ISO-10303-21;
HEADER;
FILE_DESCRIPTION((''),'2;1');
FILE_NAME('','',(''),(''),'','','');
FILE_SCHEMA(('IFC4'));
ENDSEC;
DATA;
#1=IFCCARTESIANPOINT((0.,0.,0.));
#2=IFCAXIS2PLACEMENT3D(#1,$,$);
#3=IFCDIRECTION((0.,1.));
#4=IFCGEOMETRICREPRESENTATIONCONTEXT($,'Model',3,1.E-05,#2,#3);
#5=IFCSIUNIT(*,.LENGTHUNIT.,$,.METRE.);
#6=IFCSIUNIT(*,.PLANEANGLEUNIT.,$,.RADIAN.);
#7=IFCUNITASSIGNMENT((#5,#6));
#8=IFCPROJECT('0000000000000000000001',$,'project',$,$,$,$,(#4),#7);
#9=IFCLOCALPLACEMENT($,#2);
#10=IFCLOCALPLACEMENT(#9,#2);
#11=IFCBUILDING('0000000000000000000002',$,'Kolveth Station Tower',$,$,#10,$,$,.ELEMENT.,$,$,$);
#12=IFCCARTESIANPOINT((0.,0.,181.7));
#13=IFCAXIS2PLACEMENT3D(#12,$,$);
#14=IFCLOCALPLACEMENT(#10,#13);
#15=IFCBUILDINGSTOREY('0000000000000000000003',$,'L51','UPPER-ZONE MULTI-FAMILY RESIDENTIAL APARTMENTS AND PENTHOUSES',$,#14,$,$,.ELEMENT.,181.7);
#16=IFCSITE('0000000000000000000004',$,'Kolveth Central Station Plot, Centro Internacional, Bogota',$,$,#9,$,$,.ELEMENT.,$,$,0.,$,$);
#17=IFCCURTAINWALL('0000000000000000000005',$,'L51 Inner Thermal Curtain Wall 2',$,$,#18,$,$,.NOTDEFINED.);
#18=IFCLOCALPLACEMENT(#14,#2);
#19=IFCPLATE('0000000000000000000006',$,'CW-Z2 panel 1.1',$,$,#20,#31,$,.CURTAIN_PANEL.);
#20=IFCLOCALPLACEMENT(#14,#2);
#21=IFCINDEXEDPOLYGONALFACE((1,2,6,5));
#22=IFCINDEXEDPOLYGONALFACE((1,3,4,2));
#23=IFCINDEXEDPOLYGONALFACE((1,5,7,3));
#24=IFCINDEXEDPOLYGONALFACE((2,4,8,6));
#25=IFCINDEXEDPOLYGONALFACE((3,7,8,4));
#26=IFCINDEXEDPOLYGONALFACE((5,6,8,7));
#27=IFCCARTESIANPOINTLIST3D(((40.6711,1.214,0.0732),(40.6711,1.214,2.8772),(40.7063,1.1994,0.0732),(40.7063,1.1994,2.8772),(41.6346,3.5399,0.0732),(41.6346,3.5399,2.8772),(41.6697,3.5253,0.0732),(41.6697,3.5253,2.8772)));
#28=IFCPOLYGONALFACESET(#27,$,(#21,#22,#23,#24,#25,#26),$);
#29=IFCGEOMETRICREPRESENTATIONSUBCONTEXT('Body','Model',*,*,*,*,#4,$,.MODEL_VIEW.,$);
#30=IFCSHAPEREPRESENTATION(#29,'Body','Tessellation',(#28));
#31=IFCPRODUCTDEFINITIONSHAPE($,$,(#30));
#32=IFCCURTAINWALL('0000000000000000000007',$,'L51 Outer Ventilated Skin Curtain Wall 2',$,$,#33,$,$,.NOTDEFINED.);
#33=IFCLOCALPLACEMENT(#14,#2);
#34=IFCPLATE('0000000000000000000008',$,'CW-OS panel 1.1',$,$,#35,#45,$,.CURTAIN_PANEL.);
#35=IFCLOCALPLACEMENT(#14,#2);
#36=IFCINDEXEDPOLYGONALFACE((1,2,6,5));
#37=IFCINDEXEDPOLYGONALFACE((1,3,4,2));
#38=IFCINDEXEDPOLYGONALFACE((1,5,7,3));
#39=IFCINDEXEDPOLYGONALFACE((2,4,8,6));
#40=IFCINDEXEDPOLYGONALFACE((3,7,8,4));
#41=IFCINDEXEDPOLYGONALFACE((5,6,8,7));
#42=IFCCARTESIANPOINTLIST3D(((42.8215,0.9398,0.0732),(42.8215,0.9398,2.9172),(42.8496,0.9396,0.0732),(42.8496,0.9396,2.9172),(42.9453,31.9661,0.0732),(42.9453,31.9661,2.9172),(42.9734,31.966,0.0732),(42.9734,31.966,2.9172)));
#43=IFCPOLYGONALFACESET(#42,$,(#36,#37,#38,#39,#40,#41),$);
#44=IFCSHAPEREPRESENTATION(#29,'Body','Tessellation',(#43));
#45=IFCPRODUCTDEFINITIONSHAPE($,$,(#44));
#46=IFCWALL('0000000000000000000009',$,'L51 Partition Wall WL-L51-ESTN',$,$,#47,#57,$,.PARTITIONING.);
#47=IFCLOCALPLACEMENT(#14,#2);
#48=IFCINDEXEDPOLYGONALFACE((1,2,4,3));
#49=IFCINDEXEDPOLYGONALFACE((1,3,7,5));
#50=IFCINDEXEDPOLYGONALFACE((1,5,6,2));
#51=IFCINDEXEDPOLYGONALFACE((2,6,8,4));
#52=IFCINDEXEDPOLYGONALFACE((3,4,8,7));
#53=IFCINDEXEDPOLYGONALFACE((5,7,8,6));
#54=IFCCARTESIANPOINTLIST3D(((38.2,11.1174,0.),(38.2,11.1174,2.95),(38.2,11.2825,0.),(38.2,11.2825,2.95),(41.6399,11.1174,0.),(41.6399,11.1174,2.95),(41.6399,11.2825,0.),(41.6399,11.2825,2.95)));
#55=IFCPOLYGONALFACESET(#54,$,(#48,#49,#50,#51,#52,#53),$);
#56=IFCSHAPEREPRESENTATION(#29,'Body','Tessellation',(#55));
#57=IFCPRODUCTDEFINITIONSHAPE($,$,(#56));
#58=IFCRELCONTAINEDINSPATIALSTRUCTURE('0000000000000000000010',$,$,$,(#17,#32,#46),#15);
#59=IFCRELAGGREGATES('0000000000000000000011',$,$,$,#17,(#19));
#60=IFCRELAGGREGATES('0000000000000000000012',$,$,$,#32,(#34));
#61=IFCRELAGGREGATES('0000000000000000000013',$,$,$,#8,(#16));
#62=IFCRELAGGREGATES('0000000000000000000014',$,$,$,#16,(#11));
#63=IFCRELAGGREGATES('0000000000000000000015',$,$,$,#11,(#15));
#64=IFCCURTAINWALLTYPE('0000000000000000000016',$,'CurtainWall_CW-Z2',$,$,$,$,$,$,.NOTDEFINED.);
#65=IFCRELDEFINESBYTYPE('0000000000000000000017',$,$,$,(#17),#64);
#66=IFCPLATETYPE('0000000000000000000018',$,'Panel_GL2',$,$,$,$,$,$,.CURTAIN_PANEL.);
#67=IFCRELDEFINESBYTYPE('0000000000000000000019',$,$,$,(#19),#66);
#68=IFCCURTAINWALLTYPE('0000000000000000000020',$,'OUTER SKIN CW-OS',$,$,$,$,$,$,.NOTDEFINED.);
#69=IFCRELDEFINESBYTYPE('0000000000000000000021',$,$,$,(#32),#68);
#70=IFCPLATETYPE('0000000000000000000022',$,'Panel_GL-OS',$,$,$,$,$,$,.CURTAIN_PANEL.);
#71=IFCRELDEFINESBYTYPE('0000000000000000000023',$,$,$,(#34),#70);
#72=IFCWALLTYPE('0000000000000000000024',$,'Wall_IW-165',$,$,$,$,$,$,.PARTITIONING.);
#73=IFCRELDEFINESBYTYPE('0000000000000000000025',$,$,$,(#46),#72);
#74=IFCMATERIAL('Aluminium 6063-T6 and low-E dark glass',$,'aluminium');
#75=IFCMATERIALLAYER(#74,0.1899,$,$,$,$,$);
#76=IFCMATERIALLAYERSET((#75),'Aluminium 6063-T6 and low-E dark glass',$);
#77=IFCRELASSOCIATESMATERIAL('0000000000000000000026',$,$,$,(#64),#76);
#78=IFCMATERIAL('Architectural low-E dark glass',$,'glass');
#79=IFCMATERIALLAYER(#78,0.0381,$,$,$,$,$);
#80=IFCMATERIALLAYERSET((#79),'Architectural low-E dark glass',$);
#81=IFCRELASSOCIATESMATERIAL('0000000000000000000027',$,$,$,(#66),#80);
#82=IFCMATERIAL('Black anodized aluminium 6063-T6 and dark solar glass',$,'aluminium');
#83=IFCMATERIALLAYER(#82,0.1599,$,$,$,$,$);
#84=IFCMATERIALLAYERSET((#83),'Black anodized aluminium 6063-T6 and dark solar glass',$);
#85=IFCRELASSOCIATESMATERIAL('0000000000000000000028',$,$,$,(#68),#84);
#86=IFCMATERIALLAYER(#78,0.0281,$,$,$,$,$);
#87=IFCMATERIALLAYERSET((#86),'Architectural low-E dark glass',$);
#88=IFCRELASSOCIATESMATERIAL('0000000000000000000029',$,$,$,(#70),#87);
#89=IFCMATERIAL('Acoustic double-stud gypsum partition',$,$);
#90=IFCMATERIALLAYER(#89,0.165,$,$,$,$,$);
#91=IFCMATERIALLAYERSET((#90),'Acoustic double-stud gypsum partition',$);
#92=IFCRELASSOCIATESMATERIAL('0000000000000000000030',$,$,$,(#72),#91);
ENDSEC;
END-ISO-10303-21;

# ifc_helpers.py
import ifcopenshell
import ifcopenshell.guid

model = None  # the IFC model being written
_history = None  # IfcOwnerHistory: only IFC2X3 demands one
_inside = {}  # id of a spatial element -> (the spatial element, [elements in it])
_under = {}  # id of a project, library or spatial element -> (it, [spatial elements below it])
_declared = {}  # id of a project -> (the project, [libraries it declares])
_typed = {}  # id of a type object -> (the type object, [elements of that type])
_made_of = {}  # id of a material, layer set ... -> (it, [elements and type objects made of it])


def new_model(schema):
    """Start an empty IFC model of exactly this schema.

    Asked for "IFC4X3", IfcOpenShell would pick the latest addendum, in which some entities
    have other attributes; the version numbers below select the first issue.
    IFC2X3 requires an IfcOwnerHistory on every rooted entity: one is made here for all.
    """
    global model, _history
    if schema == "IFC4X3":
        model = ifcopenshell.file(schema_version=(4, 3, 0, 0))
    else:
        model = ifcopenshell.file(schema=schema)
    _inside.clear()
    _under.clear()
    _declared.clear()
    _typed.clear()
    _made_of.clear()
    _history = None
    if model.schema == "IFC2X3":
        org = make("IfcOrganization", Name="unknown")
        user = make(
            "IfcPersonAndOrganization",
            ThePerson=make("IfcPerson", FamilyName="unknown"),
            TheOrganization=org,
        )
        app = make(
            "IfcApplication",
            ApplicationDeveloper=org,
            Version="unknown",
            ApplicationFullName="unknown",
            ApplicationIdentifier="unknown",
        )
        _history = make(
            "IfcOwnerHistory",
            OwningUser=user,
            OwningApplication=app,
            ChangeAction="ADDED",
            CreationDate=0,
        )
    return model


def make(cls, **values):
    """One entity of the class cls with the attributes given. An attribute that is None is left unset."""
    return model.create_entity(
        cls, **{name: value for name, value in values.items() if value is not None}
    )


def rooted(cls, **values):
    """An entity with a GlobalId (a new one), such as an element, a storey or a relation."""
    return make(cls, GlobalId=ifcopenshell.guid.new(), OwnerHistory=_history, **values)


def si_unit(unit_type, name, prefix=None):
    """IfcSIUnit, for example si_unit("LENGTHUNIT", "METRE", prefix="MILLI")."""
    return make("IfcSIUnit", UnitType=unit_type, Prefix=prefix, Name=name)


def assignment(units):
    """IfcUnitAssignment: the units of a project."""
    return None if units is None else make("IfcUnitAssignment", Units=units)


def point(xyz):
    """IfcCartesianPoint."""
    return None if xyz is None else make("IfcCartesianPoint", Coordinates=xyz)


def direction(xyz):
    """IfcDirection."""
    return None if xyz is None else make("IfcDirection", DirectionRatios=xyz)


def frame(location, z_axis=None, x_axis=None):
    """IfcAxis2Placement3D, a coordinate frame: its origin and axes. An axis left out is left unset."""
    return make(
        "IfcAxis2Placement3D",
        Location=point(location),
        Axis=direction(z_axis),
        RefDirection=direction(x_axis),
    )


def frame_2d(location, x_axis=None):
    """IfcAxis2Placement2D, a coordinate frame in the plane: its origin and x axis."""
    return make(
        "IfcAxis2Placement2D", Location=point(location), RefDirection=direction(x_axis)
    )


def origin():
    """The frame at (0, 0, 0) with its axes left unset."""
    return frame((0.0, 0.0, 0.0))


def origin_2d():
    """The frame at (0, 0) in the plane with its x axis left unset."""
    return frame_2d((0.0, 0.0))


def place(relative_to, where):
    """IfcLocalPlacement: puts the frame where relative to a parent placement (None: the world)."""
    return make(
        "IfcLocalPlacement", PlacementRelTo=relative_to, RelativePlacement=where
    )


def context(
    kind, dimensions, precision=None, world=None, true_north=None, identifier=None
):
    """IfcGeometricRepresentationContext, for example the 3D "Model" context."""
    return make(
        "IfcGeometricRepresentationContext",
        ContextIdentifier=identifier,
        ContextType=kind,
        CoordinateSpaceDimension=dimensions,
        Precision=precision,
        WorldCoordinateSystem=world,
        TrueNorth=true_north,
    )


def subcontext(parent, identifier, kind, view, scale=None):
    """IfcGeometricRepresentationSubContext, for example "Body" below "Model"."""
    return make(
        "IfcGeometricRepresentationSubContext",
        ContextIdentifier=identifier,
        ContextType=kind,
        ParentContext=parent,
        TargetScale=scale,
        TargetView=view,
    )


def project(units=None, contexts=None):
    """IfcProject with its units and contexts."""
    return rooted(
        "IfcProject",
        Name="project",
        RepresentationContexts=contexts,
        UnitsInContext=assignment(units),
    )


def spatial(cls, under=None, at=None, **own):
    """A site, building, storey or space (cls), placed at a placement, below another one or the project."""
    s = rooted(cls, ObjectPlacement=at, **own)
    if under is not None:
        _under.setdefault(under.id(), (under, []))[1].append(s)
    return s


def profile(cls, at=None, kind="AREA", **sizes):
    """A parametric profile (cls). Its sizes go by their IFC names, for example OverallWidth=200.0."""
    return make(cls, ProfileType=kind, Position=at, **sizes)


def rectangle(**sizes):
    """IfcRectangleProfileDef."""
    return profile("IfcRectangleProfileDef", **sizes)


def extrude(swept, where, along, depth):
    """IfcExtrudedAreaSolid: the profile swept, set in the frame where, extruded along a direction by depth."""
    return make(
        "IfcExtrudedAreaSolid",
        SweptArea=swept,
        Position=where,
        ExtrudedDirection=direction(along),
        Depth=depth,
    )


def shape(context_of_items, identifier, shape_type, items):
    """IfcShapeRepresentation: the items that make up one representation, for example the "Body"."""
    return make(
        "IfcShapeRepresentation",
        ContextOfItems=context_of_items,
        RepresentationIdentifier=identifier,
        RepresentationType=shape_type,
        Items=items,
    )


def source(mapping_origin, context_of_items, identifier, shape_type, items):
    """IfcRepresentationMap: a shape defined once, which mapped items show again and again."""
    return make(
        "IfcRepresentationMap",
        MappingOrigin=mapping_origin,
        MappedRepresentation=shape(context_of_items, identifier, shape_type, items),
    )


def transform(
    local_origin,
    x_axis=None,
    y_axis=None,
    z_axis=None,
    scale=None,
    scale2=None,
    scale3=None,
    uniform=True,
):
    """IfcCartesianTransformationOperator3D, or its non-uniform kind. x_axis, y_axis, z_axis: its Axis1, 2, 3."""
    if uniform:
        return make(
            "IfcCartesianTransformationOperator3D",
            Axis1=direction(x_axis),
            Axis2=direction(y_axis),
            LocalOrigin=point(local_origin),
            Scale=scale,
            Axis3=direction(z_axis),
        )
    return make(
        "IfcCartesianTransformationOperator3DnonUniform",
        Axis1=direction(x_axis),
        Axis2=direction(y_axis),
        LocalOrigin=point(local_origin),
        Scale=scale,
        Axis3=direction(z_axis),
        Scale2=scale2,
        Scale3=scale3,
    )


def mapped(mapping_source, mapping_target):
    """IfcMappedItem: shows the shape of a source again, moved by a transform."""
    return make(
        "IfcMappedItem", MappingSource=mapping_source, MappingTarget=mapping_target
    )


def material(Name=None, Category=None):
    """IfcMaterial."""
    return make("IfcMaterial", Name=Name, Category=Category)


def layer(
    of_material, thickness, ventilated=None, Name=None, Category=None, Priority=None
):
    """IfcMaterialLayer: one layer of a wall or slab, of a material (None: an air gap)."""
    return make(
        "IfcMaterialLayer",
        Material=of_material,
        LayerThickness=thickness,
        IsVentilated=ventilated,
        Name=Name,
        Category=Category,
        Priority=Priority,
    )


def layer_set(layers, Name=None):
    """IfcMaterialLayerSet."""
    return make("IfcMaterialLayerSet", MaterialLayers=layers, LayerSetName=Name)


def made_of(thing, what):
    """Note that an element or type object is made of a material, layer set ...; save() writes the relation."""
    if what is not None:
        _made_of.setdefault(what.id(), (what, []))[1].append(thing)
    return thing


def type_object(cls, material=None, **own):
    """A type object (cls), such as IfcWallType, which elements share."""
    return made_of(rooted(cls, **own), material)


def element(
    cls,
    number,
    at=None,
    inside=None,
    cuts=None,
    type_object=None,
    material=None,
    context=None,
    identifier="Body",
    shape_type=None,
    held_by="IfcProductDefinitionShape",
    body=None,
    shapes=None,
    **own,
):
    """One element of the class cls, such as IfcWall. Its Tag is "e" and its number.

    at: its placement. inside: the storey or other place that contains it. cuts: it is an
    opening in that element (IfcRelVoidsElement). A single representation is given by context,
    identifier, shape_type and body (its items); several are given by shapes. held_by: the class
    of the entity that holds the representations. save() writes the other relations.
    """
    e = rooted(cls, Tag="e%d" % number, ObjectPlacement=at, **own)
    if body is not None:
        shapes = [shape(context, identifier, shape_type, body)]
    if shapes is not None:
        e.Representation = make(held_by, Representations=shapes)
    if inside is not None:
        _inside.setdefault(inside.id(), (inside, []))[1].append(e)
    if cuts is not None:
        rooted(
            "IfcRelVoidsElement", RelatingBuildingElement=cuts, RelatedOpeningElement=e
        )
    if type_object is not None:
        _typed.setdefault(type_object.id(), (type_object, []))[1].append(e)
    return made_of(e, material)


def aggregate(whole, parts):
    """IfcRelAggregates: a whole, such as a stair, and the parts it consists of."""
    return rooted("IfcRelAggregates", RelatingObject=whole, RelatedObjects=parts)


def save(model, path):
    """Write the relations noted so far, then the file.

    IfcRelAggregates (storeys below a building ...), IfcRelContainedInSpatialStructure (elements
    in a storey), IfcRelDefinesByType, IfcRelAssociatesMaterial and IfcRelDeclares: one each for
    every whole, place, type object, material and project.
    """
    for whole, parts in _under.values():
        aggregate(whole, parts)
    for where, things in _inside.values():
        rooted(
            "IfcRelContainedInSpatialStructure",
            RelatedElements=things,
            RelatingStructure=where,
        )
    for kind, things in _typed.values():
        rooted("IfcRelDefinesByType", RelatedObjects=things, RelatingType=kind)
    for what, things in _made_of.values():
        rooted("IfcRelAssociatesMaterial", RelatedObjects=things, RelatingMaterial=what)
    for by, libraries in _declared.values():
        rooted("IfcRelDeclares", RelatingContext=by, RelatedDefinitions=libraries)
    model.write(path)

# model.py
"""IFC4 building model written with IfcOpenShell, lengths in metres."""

from ifc_helpers import new_model, si_unit, direction, frame, frame_2d, origin, origin_2d, place, context, subcontext, project, spatial, rectangle, extrude, source, transform, mapped, material, layer, layer_set, type_object, element, aggregate, save


model = new_model("IFC4")

# Units and contexts
model_context = context("Model", 3, precision=1e-05, world=origin(), true_north=direction((0.0, 1.0)))
body_context = subcontext(model_context, "Body", "Model", "MODEL_VIEW")
ifc_project = project(units=[si_unit("LENGTHUNIT", "METRE"), si_unit("PLANEANGLEUNIT", "RADIAN")], contexts=[model_context])

# Site, building, storey
site_placement = place(None, origin())
site = spatial("IfcSite", under=ifc_project, at=site_placement, Name="Kolveth Central Station Plot, Centro Internacional, Bogota", CompositionType="ELEMENT", RefElevation=0.0)
building_placement = place(site_placement, origin())
building = spatial("IfcBuilding", under=site, at=building_placement, Name="Kolveth Station Tower", CompositionType="ELEMENT")
storey_placement = place(building_placement, frame((0.0, 0.0, 181.7)))
storey = spatial("IfcBuildingStorey", under=building, at=storey_placement, Name="L51", Description="UPPER-ZONE MULTI-FAMILY RESIDENTIAL APARTMENTS AND PENTHOUSES", CompositionType="ELEMENT", Elevation=181.7)

# Curtain wall
ifc_material_1 = material(Name="Aluminium 6063-T6 and low-E dark glass", Category="aluminium")
ifc_layer_1 = layer(ifc_material_1, 0.1899)
ifc_layer_set_1 = layer_set([ifc_layer_1], Name="Aluminium 6063-T6 and low-E dark glass")
curtain_wall_type_1 = type_object("IfcCurtainWallType", Name="CurtainWall_CW-Z2", PredefinedType="NOTDEFINED", material=ifc_layer_set_1)
curtain_wall_1_placement = place(storey_placement, origin())
curtain_wall_1 = element("IfcCurtainWall", 1, at=curtain_wall_1_placement, inside=storey, type_object=curtain_wall_type_1, Name="L51 Inner Thermal Curtain Wall 2", PredefinedType="NOTDEFINED")

# Plate
ifc_material_2 = material(Name="Architectural low-E dark glass", Category="glass")
ifc_layer_2 = layer(ifc_material_2, 0.0381)
ifc_layer_set_2 = layer_set([ifc_layer_2], Name="Architectural low-E dark glass")
plate_type_1 = type_object("IfcPlateType", Name="Panel_GL2", PredefinedType="CURTAIN_PANEL", material=ifc_layer_set_2)
shared_shape_1 = source(origin(), body_context, "Body", "SweptSolid", [
    extrude(rectangle(XDim=2.5176, YDim=0.0381, at=origin_2d()), origin(), (0.0, 0.0, 1.0), 2.804),
])
plate_1_placement = place(storey_placement, frame((41.1704, 2.3696, 0.0732), z_axis=(0.0, 0.0, 1.0), x_axis=(0.382698, 0.923874, 0.0)))
plate_1 = element("IfcPlate", 2, at=plate_1_placement, type_object=plate_type_1, Name="CW-Z2 panel 1.1", PredefinedType="CURTAIN_PANEL", context=body_context, shape_type="MappedRepresentation", body=[
    mapped(shared_shape_1, transform((0.0, 0.0, 0.0), x_axis=(1.0, 0.0, 0.0), y_axis=(0.0, 1.0, 0.0), z_axis=(0.0, 0.0, 1.0), scale=1.0)),
])
aggregate(curtain_wall_1, [plate_1])

# Curtain wall, plate
ifc_material_3 = material(Name="Black anodized aluminium 6063-T6 and dark solar glass", Category="aluminium")
ifc_layer_3 = layer(ifc_material_3, 0.1599)
ifc_layer_set_3 = layer_set([ifc_layer_3], Name="Black anodized aluminium 6063-T6 and dark solar glass")
curtain_wall_type_2 = type_object("IfcCurtainWallType", Name="OUTER SKIN CW-OS", PredefinedType="NOTDEFINED", material=ifc_layer_set_3)
curtain_wall_2_placement = place(storey_placement, origin())
curtain_wall_2 = element("IfcCurtainWall", 3, at=curtain_wall_2_placement, inside=storey, type_object=curtain_wall_type_2, Name="L51 Outer Ventilated Skin Curtain Wall 2", PredefinedType="NOTDEFINED")
ifc_layer_4 = layer(ifc_material_2, 0.0281)
ifc_layer_set_4 = layer_set([ifc_layer_4], Name="Architectural low-E dark glass")
plate_type_2 = type_object("IfcPlateType", Name="Panel_GL-OS", PredefinedType="CURTAIN_PANEL", material=ifc_layer_set_4)
shared_shape_2 = source(origin(), body_context, "Body", "SweptSolid", [
    extrude(rectangle(XDim=31.0266, YDim=0.0281, at=origin_2d()), origin(), (0.0, 0.0, 1.0), 2.844),
])
plate_2_placement = place(storey_placement, frame((42.8975, 16.4529, 0.0732), z_axis=(0.0, 0.0, 1.0), x_axis=(0.003991, 0.999992, 0.0)))
plate_2 = element("IfcPlate", 4, at=plate_2_placement, type_object=plate_type_2, Name="CW-OS panel 1.1", PredefinedType="CURTAIN_PANEL", context=body_context, shape_type="MappedRepresentation", body=[
    mapped(shared_shape_2, transform((0.0, 0.0, 0.0), x_axis=(1.0, 0.0, 0.0), y_axis=(0.0, 1.0, 0.0), z_axis=(0.0, 0.0, 1.0), scale=1.0)),
])
aggregate(curtain_wall_2, [plate_2])

# Shared definitions
ifc_material_4 = material(Name="Acoustic double-stud gypsum partition")
ifc_layer_5 = layer(ifc_material_4, 0.165)
ifc_layer_set_5 = layer_set([ifc_layer_5], Name="Acoustic double-stud gypsum partition")
wall_type_1 = type_object("IfcWallType", Name="Wall_IW-165", PredefinedType="PARTITIONING", material=ifc_layer_set_5)

# Wall
wall_1_placement = place(storey_placement, frame((38.2, 11.2, 0.0), z_axis=(0.0, 0.0, 1.0), x_axis=(1.0, 0.0, 0.0)))
element("IfcWall", 5, at=wall_1_placement, inside=storey, type_object=wall_type_1, Name="L51 Partition Wall WL-L51-ESTN", PredefinedType="PARTITIONING", context=body_context, shape_type="SweptSolid", body=[
    extrude(rectangle(XDim=3.4399, YDim=0.165, at=frame_2d((1.72, 0.0))), origin(), (0.0, 0.0, 1.0), 2.95),
])

save(model, "model.ifc")
